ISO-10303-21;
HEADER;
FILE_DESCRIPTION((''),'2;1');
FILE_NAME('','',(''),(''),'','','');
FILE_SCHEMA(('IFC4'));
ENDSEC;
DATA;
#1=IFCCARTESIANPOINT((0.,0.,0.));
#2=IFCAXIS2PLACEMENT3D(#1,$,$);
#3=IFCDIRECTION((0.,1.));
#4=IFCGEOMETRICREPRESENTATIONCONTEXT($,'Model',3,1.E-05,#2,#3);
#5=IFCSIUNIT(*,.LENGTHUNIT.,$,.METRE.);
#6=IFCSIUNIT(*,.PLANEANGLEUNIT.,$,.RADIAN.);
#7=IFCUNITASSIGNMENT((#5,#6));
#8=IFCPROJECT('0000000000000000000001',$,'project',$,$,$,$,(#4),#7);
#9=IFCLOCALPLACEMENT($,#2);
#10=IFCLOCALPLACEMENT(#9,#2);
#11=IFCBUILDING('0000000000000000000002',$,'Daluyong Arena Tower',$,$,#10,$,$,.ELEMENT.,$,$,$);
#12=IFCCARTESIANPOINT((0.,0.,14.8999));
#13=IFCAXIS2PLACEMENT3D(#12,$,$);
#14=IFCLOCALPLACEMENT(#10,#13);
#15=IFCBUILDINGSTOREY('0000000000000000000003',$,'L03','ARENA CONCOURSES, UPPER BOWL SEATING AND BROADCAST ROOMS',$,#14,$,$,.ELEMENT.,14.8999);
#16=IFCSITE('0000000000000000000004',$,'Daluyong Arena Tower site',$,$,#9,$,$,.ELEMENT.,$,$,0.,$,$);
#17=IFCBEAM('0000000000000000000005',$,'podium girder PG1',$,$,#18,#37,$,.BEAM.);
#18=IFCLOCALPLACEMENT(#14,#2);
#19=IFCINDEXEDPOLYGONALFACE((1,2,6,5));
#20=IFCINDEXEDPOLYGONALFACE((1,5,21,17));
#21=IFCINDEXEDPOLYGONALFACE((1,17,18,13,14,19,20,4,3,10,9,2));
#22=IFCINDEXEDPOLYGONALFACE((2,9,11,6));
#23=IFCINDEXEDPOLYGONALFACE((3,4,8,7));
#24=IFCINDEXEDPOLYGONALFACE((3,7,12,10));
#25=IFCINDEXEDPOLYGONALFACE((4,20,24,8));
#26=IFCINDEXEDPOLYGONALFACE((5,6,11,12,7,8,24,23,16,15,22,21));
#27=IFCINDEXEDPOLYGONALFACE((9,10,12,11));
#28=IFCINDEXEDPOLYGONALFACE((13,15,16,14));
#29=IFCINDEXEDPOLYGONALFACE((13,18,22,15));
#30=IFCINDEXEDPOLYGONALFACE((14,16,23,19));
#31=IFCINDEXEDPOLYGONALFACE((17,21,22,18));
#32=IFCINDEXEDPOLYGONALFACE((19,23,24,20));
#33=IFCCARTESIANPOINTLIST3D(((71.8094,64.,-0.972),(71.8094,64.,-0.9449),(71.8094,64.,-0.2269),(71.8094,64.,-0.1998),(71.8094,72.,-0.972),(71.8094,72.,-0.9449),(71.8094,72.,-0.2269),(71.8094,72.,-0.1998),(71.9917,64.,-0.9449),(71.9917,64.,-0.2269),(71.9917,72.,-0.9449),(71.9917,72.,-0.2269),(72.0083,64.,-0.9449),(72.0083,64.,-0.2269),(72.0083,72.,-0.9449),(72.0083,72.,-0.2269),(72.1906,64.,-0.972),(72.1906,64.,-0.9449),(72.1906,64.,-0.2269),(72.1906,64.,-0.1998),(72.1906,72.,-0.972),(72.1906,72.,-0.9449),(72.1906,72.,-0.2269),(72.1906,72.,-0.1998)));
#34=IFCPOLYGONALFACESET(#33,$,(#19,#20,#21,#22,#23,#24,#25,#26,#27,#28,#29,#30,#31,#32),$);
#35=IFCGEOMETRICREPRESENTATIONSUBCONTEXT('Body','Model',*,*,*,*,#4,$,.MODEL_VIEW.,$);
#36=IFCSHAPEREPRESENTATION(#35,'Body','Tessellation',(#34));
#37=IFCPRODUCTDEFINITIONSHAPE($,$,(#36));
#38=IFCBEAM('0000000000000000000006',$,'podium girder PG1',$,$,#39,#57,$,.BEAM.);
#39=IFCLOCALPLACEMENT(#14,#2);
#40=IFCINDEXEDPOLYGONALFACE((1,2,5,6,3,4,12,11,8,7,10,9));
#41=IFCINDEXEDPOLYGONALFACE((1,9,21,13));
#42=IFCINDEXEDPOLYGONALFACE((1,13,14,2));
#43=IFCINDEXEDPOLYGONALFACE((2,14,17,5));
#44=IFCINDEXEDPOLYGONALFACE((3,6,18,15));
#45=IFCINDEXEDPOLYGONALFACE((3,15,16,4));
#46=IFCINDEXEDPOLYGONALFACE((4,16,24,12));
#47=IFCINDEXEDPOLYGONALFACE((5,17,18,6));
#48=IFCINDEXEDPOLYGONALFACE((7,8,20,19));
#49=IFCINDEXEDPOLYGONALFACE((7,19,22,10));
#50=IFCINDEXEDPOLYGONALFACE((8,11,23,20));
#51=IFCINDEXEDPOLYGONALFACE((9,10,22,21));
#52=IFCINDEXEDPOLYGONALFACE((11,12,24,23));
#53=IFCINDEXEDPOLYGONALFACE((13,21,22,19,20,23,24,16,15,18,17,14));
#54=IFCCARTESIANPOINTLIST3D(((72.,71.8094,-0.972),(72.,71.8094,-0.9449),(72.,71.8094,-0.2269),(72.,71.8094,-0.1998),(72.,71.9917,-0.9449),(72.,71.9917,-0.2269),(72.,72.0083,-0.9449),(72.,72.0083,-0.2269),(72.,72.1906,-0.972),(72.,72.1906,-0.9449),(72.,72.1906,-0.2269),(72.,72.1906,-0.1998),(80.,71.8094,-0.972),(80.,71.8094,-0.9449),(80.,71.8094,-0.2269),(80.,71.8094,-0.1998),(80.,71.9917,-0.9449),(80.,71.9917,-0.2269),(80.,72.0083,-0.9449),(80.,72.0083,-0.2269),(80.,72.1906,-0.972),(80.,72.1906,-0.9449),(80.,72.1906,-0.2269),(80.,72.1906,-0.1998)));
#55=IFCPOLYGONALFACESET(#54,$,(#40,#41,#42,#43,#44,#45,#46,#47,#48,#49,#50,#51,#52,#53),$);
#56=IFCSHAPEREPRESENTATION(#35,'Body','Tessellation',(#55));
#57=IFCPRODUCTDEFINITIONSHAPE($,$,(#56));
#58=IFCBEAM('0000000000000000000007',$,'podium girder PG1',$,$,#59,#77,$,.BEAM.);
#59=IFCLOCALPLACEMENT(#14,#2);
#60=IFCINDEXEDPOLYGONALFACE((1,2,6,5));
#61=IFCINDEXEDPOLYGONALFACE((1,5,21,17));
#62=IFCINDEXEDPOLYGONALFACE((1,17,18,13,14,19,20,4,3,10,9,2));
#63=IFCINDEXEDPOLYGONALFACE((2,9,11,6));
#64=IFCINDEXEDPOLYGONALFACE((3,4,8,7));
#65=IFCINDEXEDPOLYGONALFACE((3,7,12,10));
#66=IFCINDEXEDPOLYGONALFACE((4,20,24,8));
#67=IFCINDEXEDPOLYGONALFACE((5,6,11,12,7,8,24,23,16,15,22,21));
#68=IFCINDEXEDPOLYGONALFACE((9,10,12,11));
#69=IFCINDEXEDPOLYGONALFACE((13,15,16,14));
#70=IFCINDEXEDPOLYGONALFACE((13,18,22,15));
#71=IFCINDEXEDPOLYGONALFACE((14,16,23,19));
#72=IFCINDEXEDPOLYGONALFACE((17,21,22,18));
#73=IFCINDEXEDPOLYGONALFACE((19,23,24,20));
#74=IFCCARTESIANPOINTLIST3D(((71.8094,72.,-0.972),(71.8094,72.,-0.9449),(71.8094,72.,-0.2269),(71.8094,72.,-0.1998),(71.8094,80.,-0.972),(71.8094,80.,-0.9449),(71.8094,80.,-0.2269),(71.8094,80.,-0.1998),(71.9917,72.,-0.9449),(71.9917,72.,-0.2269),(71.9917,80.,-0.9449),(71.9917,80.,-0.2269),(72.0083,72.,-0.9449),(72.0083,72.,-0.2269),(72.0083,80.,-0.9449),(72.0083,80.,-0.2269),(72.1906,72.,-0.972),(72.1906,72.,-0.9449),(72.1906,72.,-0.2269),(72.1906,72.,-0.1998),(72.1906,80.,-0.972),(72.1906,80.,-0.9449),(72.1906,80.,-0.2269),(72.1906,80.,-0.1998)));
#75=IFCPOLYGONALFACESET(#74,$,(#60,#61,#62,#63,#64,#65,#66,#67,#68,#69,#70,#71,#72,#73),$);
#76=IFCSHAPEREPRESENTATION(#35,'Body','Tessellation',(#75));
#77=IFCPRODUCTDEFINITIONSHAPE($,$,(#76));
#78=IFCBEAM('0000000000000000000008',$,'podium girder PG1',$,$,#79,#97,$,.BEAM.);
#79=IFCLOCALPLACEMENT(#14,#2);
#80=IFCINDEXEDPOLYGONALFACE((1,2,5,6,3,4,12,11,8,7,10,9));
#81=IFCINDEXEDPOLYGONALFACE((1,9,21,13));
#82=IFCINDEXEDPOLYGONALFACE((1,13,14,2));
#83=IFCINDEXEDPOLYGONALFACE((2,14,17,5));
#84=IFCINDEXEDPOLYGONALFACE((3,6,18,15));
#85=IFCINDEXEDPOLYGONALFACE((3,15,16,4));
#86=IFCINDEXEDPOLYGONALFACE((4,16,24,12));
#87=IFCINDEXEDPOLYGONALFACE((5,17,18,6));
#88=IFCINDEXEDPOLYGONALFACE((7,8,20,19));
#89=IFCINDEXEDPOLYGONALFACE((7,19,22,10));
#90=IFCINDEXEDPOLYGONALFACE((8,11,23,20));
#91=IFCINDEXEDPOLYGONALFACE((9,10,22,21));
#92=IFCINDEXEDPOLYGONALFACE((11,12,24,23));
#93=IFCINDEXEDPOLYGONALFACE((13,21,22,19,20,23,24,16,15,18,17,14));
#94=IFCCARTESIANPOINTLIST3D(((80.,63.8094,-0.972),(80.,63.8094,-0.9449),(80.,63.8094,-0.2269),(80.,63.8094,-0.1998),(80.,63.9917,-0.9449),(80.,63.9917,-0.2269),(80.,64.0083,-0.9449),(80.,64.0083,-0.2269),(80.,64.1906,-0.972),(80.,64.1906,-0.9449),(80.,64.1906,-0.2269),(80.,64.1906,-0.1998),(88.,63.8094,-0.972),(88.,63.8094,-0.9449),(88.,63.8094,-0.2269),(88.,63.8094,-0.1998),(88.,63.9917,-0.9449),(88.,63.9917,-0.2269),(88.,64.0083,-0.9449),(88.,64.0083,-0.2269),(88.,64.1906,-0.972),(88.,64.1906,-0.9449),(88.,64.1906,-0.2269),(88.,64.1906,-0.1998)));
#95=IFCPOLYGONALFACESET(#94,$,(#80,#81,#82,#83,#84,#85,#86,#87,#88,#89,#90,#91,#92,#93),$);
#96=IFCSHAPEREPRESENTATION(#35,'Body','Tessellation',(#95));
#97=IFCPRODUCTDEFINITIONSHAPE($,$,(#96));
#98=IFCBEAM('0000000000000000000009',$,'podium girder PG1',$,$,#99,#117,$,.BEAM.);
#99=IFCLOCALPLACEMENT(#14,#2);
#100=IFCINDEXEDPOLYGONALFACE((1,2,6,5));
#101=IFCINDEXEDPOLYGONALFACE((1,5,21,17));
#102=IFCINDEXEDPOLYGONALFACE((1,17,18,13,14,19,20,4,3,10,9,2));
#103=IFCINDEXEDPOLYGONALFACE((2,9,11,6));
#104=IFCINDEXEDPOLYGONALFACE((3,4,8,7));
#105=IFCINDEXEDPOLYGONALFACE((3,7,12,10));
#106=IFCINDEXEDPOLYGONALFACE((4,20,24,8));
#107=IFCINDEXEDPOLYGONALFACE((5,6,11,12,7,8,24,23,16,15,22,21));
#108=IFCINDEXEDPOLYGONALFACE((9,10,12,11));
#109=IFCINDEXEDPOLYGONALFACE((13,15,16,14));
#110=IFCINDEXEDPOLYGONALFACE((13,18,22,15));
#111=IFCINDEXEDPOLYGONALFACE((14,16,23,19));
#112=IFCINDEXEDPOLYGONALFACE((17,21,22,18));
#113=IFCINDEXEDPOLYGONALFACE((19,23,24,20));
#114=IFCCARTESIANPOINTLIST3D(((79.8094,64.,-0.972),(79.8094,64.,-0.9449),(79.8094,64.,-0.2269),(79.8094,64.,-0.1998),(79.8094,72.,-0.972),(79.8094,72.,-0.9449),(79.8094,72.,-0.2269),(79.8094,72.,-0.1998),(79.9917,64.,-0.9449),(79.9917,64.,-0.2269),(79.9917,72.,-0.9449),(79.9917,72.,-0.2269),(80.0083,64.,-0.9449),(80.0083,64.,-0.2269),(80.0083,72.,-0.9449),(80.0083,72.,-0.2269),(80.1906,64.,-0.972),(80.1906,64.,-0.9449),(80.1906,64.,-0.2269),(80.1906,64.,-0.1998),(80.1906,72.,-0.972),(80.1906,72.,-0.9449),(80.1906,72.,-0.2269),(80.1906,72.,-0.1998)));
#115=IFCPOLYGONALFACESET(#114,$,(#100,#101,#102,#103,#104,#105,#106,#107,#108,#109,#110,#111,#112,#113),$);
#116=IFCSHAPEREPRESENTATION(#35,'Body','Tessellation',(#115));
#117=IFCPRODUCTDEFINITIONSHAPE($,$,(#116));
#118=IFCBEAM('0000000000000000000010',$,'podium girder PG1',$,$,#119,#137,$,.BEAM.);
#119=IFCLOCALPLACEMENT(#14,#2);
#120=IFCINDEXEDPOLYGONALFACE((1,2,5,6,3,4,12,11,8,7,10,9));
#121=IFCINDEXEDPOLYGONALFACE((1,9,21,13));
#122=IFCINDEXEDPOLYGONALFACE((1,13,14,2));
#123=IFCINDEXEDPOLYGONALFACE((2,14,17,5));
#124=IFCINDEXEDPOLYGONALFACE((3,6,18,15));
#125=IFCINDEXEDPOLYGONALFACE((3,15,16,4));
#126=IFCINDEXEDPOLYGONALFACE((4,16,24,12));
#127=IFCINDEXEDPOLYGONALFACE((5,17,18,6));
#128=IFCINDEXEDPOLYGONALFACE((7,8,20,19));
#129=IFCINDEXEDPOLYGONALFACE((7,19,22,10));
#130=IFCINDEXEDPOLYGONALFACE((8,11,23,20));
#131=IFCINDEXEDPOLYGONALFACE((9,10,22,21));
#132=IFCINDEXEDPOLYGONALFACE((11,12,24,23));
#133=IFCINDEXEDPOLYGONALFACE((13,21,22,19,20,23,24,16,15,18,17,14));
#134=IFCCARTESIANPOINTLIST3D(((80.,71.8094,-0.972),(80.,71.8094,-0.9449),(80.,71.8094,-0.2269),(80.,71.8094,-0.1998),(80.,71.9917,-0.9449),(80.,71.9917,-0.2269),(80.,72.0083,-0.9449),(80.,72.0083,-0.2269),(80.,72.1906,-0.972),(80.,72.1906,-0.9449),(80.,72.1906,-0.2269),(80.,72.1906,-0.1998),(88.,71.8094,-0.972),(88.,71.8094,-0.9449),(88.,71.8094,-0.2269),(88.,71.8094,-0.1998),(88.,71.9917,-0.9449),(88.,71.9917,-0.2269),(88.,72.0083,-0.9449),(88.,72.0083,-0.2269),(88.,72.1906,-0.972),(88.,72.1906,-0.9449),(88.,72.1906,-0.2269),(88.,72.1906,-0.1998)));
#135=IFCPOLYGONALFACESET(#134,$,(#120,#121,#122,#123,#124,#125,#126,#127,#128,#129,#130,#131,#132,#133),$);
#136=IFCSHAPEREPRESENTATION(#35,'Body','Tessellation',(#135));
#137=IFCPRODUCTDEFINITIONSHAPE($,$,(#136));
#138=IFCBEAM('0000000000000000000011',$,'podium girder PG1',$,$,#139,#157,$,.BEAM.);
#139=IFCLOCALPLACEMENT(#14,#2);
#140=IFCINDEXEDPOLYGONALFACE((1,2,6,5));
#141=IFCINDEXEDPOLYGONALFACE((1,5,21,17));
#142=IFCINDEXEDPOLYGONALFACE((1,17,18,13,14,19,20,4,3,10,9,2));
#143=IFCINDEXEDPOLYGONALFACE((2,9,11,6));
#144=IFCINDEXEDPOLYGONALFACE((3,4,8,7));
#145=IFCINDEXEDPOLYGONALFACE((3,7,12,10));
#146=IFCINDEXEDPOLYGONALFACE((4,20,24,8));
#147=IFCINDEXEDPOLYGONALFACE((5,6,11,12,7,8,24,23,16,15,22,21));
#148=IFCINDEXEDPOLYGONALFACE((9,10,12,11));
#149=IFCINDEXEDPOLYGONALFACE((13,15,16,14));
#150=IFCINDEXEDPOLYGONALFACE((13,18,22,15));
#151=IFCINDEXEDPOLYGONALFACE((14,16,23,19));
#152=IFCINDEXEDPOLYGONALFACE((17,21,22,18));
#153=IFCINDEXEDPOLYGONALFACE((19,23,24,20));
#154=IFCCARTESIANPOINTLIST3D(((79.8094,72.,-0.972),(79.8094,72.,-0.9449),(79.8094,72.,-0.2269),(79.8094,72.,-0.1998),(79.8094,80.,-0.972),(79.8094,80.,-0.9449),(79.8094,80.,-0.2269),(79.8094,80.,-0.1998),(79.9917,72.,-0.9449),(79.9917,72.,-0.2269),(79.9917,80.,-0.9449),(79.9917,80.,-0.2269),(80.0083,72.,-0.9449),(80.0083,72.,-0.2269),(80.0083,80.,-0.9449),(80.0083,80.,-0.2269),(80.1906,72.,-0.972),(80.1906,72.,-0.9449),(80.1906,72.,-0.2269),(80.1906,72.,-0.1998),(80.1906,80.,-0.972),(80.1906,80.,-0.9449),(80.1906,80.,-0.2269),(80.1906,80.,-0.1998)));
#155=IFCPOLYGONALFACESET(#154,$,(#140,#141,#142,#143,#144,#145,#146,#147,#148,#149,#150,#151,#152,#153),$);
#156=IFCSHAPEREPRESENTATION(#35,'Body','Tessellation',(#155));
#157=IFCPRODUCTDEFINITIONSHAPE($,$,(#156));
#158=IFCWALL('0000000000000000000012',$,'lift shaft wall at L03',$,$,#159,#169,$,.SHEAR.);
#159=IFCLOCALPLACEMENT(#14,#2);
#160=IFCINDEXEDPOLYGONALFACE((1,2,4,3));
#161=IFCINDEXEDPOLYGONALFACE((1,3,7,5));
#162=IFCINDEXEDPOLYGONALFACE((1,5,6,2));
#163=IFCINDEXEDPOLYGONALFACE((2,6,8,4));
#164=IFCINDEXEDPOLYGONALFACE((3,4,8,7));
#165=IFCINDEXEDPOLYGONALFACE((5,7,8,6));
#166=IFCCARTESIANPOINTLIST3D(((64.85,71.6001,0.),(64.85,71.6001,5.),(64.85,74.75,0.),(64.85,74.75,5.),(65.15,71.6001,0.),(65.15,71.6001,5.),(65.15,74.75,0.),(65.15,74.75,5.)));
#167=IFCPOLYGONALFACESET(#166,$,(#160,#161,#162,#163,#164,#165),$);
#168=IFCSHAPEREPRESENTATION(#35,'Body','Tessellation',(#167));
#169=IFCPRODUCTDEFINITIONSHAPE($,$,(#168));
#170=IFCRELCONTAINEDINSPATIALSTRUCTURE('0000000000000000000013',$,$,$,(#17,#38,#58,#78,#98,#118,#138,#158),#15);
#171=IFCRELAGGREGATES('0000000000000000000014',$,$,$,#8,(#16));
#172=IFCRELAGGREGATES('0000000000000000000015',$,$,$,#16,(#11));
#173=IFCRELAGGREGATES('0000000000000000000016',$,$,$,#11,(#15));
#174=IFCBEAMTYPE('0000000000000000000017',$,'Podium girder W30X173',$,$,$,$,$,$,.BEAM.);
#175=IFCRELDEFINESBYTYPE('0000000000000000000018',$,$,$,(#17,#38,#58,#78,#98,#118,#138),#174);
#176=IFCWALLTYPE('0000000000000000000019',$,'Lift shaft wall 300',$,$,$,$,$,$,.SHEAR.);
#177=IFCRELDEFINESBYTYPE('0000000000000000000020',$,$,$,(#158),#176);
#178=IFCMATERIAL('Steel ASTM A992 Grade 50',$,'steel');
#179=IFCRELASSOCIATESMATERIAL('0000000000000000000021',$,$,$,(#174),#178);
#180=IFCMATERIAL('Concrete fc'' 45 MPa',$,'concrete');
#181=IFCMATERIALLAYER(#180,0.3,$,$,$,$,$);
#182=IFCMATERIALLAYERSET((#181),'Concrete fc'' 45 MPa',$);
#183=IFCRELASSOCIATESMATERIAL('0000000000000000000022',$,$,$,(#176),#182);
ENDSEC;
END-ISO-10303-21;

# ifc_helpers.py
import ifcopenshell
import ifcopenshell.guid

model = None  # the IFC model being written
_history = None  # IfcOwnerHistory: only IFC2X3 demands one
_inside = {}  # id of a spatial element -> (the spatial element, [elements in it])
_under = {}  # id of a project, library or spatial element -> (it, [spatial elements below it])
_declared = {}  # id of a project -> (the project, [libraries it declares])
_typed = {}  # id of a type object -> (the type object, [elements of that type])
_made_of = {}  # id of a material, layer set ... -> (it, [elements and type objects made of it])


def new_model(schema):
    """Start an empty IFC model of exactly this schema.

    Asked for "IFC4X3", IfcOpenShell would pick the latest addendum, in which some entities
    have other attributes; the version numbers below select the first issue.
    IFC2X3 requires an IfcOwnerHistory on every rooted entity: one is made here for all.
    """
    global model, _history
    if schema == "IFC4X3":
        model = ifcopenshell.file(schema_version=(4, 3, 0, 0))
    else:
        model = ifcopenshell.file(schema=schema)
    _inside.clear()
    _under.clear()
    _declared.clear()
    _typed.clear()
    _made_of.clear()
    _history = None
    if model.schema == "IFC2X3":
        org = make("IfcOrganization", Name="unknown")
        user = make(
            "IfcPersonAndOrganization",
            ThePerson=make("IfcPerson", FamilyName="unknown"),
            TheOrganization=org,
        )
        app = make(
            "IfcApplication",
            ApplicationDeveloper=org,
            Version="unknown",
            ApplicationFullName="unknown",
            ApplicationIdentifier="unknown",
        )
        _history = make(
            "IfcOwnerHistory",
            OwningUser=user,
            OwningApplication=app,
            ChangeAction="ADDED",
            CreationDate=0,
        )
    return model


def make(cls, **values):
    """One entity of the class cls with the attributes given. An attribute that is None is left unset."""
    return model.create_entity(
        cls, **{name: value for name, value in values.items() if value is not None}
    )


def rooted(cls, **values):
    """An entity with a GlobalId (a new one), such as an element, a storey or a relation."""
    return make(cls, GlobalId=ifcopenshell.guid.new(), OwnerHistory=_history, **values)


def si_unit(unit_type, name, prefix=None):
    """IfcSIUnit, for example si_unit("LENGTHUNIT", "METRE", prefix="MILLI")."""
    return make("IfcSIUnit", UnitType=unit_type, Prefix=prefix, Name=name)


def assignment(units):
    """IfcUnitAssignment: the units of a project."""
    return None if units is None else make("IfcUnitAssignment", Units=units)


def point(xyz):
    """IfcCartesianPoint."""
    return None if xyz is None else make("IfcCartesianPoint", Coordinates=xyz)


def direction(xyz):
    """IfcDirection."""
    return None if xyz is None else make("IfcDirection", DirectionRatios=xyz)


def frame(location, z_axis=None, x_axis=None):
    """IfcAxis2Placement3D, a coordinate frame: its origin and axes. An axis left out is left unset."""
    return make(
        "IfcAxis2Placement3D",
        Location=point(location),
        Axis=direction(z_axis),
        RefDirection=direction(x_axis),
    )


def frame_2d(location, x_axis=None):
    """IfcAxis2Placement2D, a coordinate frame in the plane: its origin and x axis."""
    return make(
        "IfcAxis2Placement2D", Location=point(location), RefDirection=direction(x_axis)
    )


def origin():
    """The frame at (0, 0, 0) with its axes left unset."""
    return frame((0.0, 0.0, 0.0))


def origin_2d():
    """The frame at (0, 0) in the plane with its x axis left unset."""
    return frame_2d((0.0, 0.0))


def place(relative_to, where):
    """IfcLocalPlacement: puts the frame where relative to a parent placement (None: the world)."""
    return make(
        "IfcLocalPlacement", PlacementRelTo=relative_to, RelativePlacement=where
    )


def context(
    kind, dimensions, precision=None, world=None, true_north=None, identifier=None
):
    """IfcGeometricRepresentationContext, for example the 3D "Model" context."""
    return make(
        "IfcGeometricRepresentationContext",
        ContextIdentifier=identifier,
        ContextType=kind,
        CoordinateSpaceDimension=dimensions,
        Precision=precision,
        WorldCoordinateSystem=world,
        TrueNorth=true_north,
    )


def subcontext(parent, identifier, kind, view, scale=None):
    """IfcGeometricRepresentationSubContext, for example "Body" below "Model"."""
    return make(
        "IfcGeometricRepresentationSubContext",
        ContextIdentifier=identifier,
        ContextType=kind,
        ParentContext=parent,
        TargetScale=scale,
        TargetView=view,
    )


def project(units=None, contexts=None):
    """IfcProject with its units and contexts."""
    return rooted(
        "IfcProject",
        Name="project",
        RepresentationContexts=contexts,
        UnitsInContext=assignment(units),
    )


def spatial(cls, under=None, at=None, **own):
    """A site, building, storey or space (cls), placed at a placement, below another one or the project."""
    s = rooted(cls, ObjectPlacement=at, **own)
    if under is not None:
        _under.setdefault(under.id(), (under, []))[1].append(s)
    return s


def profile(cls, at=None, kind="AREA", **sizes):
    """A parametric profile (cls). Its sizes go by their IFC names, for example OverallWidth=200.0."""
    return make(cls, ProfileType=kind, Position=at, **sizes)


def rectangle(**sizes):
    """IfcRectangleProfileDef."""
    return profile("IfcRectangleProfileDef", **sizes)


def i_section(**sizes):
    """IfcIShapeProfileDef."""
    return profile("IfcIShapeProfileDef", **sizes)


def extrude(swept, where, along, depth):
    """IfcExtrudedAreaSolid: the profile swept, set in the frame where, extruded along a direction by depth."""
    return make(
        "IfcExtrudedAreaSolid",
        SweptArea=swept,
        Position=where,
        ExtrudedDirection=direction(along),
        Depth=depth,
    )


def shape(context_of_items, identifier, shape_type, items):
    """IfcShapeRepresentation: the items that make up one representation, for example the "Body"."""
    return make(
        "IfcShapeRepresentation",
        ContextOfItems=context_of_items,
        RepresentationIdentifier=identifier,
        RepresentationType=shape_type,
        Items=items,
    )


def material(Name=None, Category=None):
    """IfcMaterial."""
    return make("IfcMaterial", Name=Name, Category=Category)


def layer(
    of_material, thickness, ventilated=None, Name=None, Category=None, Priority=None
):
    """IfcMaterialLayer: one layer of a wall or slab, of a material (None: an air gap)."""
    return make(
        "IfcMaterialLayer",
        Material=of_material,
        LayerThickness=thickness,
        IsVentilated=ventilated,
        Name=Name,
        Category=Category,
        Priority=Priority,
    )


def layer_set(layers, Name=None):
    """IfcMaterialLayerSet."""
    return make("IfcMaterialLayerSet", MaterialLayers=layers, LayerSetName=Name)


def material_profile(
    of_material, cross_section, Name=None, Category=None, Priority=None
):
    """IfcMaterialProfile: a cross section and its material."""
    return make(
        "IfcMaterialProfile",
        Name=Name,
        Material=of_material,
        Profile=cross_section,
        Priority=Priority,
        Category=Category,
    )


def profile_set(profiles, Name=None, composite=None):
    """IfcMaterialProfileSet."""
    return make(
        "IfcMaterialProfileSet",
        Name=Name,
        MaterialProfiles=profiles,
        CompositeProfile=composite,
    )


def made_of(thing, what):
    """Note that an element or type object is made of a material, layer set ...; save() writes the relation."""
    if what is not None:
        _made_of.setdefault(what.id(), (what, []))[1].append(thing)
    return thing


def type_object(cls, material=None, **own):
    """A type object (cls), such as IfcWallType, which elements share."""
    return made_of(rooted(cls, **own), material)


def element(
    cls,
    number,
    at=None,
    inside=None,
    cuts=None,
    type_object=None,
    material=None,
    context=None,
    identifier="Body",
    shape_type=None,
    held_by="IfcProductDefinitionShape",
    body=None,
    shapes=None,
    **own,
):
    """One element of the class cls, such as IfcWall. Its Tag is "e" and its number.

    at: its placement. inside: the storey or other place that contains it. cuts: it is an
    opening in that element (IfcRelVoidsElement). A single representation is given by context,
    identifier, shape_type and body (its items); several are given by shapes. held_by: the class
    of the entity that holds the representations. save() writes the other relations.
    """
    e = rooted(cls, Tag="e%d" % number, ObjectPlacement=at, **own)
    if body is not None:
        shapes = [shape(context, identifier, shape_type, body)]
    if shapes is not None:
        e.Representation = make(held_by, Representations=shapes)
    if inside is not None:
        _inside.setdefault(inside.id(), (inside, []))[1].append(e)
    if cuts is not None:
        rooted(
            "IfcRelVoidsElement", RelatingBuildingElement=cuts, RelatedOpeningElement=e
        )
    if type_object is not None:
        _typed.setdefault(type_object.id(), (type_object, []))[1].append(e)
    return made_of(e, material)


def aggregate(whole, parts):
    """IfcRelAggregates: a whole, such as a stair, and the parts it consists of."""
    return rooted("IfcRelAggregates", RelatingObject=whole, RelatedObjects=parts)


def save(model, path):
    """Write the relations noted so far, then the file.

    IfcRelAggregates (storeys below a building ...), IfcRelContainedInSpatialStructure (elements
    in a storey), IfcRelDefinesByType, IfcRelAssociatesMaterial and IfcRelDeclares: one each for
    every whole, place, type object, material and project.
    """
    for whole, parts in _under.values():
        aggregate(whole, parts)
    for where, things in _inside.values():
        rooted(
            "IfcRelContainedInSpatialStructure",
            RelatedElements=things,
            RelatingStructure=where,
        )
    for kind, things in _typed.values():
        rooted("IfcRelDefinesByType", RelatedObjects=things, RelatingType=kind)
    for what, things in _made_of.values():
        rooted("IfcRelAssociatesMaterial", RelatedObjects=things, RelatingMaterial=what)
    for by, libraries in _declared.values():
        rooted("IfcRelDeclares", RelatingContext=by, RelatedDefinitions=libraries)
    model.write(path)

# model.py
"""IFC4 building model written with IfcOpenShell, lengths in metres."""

from ifc_helpers import new_model, si_unit, direction, frame, frame_2d, origin, origin_2d, place, context, subcontext, project, spatial, rectangle, i_section, extrude, material, layer, layer_set, material_profile, profile_set, type_object, element, save


model = new_model("IFC4")

# Units and contexts
model_context = context("Model", 3, precision=1e-05, world=origin(), true_north=direction((0.0, 1.0)))
body_context = subcontext(model_context, "Body", "Model", "MODEL_VIEW")
ifc_project = project(units=[si_unit("LENGTHUNIT", "METRE"), si_unit("PLANEANGLEUNIT", "RADIAN")], contexts=[model_context])

# Site, building, storey
site_placement = place(None, origin())
site = spatial("IfcSite", under=ifc_project, at=site_placement, Name="Daluyong Arena Tower site", CompositionType="ELEMENT", RefElevation=0.0)
building_placement = place(site_placement, origin())
building = spatial("IfcBuilding", under=site, at=building_placement, Name="Daluyong Arena Tower", CompositionType="ELEMENT")
storey_placement = place(building_placement, frame((0.0, 0.0, 14.8999)))
storey = spatial("IfcBuildingStorey", under=building, at=storey_placement, Name="L03", Description="ARENA CONCOURSES, UPPER BOWL SEATING AND BROADCAST ROOMS", CompositionType="ELEMENT", Elevation=14.8999)

# Beams
ifc_material_1 = material(Name="Steel ASTM A992 Grade 50", Category="steel")
ifc_material_profile_1 = material_profile(ifc_material_1, i_section(OverallWidth=0.3811, OverallDepth=0.7722, WebThickness=0.0166, FlangeThickness=0.0271, at=origin_2d()))
ifc_profile_set_1 = profile_set([ifc_material_profile_1], Name="Steel ASTM A992 Grade 50")
beam_type_1 = type_object("IfcBeamType", Name="Podium girder W30X173", PredefinedType="BEAM", material=ifc_profile_set_1)
for number, where, z_axis, x_axis, name in (
    (1, (72.0, 64.0, -0.5859), (0.0, 1.0, 0.0), (-1.0, 0.0, 0.0), "podium girder PG1"),
    (2, (72.0, 72.0, -0.5859), (1.0, 0.0, 0.0), (0.0, 1.0, 0.0), "podium girder PG1"),
    (3, (72.0, 72.0, -0.5859), (0.0, 1.0, 0.0), (-1.0, 0.0, 0.0), "podium girder PG1"),
    (4, (80.0, 64.0, -0.5859), (1.0, 0.0, 0.0), (0.0, 1.0, 0.0), "podium girder PG1"),
    (5, (80.0, 64.0, -0.5859), (0.0, 1.0, 0.0), (-1.0, 0.0, 0.0), "podium girder PG1"),
    (6, (80.0, 72.0, -0.5859), (1.0, 0.0, 0.0), (0.0, 1.0, 0.0), "podium girder PG1"),
    (7, (80.0, 72.0, -0.5859), (0.0, 1.0, 0.0), (-1.0, 0.0, 0.0), "podium girder PG1"),
):
    element("IfcBeam", number, at=place(storey_placement, frame(where, z_axis=z_axis, x_axis=x_axis)), inside=storey, type_object=beam_type_1, Name=name, PredefinedType="BEAM", context=body_context, shape_type="SweptSolid", body=[
        extrude(i_section(OverallWidth=0.3811, OverallDepth=0.7722, WebThickness=0.0166, FlangeThickness=0.0271, at=origin_2d()), origin(), (0.0, 0.0, 1.0), 8.0),
    ])

# Wall
ifc_material_2 = material(Name="Concrete fc' 45 MPa", Category="concrete")
ifc_layer_1 = layer(ifc_material_2, 0.3)
ifc_layer_set_1 = layer_set([ifc_layer_1], Name="Concrete fc' 45 MPa")
wall_type_1 = type_object("IfcWallType", Name="Lift shaft wall 300", PredefinedType="SHEAR", material=ifc_layer_set_1)
wall_1_placement = place(storey_placement, frame((65.0, 71.6001, 0.0), z_axis=(0.0, 0.0, 1.0), x_axis=(0.0, 1.0, 0.0)))
element("IfcWall", 8, at=wall_1_placement, inside=storey, type_object=wall_type_1, Name="lift shaft wall at L03", PredefinedType="SHEAR", context=body_context, shape_type="SweptSolid", body=[
    extrude(rectangle(XDim=3.1499, YDim=0.3, at=frame_2d((1.575, 0.0))), origin(), (0.0, 0.0, 1.0), 5.0),
])

save(model, "model.ifc")
